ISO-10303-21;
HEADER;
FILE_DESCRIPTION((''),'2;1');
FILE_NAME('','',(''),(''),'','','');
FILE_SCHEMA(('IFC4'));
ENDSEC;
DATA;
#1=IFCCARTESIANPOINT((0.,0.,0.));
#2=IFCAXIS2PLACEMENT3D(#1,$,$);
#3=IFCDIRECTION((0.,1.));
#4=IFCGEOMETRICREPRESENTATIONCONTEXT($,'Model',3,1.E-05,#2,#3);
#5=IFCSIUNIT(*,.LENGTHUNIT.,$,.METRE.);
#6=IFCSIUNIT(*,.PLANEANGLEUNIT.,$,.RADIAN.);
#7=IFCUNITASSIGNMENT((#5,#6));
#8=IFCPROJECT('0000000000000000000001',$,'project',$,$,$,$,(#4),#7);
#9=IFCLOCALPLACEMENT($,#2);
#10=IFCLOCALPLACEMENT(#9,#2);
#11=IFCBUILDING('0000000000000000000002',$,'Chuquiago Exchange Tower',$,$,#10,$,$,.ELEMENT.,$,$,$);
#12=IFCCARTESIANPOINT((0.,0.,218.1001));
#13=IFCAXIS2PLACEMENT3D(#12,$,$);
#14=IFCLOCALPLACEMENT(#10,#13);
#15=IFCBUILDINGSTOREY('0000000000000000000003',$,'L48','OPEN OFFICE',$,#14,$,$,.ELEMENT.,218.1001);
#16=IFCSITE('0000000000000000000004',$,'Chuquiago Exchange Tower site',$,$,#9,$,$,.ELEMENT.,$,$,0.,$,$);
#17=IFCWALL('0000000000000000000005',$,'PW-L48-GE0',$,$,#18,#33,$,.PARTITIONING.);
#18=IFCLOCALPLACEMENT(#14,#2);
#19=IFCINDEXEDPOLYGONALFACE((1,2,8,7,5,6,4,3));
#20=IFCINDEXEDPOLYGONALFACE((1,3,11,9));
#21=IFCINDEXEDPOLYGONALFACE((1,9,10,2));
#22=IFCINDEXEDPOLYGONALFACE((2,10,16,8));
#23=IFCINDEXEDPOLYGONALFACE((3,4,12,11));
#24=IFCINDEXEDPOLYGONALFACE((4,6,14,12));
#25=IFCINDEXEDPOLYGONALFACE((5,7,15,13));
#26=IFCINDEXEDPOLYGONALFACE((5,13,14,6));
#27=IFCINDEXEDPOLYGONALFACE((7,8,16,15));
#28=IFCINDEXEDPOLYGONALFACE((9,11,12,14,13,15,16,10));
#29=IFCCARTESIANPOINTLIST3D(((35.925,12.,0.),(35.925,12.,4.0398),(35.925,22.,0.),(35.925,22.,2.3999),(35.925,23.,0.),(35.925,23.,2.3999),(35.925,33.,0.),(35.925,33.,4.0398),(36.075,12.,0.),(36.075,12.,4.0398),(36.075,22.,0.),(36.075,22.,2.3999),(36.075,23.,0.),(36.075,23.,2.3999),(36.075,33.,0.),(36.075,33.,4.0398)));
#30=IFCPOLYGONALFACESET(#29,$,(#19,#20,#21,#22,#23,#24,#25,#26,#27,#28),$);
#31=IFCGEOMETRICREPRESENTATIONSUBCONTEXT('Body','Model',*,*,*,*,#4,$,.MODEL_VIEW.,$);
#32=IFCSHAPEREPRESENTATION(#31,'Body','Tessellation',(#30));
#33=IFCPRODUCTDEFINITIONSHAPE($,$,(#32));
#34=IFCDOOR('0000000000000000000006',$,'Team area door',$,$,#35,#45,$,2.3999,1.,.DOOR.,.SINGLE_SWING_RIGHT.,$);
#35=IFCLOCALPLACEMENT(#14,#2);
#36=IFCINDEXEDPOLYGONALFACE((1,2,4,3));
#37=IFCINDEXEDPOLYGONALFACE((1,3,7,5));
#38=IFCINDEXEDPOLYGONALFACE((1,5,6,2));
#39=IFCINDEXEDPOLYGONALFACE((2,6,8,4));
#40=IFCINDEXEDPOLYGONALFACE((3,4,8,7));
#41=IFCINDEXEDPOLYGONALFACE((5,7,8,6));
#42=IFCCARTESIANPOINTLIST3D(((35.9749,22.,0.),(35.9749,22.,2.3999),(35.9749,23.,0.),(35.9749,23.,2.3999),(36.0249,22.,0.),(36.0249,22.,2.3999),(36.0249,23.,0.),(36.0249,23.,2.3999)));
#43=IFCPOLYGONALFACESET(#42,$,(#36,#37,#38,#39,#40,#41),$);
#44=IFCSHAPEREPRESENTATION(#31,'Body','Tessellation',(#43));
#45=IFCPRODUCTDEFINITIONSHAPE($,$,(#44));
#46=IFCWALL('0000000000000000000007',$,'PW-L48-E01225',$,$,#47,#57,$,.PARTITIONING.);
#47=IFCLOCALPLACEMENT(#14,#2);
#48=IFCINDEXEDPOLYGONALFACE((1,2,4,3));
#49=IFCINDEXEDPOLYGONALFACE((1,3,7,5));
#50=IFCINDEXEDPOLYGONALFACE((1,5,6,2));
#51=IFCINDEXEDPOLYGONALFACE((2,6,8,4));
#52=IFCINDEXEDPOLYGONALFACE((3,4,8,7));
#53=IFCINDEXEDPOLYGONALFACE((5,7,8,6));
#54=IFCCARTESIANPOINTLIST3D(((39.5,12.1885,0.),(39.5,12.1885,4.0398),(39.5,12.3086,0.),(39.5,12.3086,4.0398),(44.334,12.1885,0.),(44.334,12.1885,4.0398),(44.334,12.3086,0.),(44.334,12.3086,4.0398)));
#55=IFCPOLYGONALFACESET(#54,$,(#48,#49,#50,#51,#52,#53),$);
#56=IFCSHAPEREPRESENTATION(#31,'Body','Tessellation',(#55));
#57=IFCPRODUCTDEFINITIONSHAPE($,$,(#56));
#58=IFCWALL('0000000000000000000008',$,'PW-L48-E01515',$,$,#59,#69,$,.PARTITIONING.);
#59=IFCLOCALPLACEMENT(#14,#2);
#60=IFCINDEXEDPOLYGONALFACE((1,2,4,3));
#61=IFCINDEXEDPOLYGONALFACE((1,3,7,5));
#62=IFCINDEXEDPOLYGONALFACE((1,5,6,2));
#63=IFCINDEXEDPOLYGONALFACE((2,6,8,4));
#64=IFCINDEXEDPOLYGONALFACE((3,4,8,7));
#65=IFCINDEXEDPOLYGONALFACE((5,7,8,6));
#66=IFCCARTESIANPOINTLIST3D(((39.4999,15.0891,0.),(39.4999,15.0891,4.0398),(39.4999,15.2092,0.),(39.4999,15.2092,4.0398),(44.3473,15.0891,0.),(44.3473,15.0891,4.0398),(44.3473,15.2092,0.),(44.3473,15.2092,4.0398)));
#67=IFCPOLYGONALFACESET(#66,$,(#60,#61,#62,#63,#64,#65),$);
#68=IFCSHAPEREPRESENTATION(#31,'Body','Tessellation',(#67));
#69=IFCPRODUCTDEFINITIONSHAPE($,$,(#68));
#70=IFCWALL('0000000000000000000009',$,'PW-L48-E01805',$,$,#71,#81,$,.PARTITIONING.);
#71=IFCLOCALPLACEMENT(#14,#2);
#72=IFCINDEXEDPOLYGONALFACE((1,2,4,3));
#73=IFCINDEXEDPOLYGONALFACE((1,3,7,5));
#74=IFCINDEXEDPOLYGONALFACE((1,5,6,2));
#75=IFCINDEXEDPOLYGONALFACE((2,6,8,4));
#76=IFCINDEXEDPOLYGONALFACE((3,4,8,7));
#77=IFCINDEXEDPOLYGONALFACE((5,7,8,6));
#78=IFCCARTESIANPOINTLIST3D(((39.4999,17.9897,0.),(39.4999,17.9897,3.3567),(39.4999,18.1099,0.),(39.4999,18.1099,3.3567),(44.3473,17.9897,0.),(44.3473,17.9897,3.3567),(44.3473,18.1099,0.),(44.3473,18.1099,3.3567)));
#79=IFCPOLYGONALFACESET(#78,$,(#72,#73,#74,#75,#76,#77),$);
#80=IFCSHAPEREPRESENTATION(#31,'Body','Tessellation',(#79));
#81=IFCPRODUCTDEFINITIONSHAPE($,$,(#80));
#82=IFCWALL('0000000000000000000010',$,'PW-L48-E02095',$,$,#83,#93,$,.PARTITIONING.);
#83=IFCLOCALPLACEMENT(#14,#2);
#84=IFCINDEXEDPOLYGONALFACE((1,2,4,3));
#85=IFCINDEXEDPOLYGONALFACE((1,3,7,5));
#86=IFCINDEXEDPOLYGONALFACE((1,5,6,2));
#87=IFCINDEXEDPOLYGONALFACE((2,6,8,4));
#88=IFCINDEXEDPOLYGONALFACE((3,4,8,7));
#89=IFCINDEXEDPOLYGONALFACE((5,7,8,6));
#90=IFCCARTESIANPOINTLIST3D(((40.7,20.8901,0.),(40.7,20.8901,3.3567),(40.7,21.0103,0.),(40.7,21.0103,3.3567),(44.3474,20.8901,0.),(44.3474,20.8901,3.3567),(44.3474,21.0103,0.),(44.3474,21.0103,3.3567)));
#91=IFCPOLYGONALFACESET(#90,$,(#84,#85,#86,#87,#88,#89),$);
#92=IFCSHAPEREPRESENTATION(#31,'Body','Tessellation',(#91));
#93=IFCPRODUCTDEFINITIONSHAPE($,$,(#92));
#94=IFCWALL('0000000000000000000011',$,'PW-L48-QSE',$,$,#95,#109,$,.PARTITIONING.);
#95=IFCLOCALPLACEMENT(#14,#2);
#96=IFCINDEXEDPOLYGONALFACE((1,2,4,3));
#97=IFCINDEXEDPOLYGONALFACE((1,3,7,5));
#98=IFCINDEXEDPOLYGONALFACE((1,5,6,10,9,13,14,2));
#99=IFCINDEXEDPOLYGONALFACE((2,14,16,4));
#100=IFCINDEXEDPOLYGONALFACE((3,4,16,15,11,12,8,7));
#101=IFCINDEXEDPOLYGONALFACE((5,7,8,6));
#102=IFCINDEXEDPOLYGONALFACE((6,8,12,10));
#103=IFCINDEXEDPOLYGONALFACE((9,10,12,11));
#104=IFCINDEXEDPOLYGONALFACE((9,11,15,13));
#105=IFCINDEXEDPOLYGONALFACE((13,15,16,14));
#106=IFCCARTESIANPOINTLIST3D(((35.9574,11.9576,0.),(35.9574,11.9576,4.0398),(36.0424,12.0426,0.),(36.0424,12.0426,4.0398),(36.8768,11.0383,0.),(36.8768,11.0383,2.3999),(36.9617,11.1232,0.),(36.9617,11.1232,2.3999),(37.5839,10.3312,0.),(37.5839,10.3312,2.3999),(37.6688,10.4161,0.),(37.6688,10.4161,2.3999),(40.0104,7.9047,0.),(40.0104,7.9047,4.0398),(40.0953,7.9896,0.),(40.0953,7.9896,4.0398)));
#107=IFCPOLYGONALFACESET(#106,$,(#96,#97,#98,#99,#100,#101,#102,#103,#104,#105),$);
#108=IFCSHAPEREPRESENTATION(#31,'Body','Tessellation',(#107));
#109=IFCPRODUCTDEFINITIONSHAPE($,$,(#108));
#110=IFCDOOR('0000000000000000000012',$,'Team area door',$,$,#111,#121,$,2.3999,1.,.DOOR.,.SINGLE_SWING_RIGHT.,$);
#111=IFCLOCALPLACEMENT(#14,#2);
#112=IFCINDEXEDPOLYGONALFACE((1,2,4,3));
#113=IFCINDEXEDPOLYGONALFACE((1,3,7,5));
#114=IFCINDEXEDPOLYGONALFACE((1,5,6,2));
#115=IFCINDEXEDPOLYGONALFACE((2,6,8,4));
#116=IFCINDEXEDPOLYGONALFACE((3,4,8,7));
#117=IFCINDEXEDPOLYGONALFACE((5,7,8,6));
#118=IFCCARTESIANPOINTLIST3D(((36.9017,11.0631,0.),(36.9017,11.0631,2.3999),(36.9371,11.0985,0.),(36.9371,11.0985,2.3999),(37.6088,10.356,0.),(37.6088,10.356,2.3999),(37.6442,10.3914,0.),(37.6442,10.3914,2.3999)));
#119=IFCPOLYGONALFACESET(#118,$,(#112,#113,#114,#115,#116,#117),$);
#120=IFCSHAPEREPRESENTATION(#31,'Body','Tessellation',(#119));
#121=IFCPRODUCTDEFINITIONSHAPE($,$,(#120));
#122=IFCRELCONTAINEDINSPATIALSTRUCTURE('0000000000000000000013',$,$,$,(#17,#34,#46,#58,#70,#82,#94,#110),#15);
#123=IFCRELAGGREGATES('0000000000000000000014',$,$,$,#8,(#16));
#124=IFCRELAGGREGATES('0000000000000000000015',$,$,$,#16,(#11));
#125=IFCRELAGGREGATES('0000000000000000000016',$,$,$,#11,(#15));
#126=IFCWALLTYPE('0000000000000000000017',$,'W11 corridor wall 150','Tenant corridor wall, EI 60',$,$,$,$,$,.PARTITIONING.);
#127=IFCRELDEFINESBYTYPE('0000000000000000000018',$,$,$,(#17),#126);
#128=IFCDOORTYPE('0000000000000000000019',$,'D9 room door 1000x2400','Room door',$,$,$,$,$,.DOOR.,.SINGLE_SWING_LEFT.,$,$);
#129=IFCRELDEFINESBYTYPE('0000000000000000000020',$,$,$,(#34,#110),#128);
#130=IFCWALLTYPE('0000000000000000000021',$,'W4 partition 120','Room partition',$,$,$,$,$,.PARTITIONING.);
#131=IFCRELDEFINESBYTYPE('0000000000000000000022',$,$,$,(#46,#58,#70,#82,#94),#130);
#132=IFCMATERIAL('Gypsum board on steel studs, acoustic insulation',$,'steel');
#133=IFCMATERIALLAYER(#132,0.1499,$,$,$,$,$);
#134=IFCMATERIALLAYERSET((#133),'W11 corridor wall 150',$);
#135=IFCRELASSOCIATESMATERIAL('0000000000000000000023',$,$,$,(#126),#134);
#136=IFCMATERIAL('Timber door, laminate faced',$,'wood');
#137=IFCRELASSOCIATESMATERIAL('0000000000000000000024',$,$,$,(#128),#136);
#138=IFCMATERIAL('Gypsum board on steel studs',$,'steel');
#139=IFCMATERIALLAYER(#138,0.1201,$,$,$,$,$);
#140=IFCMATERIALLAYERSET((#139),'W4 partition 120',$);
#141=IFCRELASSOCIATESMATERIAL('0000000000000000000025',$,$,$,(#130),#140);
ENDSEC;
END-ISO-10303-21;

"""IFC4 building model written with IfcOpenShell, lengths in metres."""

from ifc_helpers import new_model, si_unit, direction, frame, frame_2d, origin, place, context, subcontext, project, spatial, rectangle, extrude, material, layer, layer_set, type_object, element, fill, save


model = new_model("IFC4")

# Units and contexts
model_context = context("Model", 3, precision=1e-05, world=origin(), true_north=direction((0.0, 1.0)))
body_context = subcontext(model_context, "Body", "Model", "MODEL_VIEW")
ifc_project = project(units=[si_unit("LENGTHUNIT", "METRE"), si_unit("PLANEANGLEUNIT", "RADIAN")], contexts=[model_context])

# Site, building, storey
site_placement = place(None, origin())
site = spatial("IfcSite", under=ifc_project, at=site_placement, Name="Chuquiago Exchange Tower site", CompositionType="ELEMENT", RefElevation=0.0)
building_placement = place(site_placement, origin())
building = spatial("IfcBuilding", under=site, at=building_placement, Name="Chuquiago Exchange Tower", CompositionType="ELEMENT")
storey_placement = place(building_placement, frame((0.0, 0.0, 218.1001)))
storey = spatial("IfcBuildingStorey", under=building, at=storey_placement, Name="L48", Description="OPEN OFFICE", CompositionType="ELEMENT", Elevation=218.1001)

# Wall, opening, door
ifc_material_1 = material(Name="Gypsum board on steel studs, acoustic insulation", Category="steel")
ifc_layer_1 = layer(ifc_material_1, 0.1499)
ifc_layer_set_1 = layer_set([ifc_layer_1], Name="W11 corridor wall 150")
wall_type_1 = type_object("IfcWallType", Name="W11 corridor wall 150", Description="Tenant corridor wall, EI 60", PredefinedType="PARTITIONING", material=ifc_layer_set_1)
wall_1_placement = place(storey_placement, frame((36.0, 12.0, 0.0), z_axis=(0.0, 0.0, 1.0), x_axis=(0.0, 1.0, 0.0)))
wall_1 = element("IfcWall", 1, at=wall_1_placement, inside=storey, type_object=wall_type_1, Name="PW-L48-GE0", PredefinedType="PARTITIONING", context=body_context, shape_type="SweptSolid", body=[
    extrude(rectangle(XDim=21.0, YDim=0.1499, at=frame_2d((10.5, 0.0))), origin(), (0.0, 0.0, 1.0), 4.0398),
])
opening_1_placement = place(wall_1_placement, frame((10.0, 0.0, 0.0)))
opening_1 = element("IfcOpeningElement", 2, at=opening_1_placement, cuts=wall_1, PredefinedType="OPENING", context=body_context, shape_type="SweptSolid", body=[
    extrude(rectangle(XDim=1.0, YDim=2.3999, at=frame_2d((0.5, 1.2))), frame((0.0, 0.085, 0.0), z_axis=(0.0, -1.0, 0.0), x_axis=(1.0, 0.0, 0.0)), (0.0, 0.0, 1.0), 0.1699),
])
ifc_material_2 = material(Name="Timber door, laminate faced", Category="wood")
door_type_1 = type_object("IfcDoorType", Name="D9 room door 1000x2400", Description="Room door", OperationType="SINGLE_SWING_LEFT", PredefinedType="DOOR", material=ifc_material_2)
door_1_placement = place(opening_1_placement, frame((1.0, 0.0, 0.0), z_axis=(0.0, 0.0, 1.0), x_axis=(-1.0, 0.0, 0.0)))
door_1 = element("IfcDoor", 3, at=door_1_placement, inside=storey, type_object=door_type_1, Name="Team area door", OperationType="SINGLE_SWING_RIGHT", OverallHeight=2.3999, OverallWidth=1.0, PredefinedType="DOOR", context=body_context, shape_type="SweptSolid", body=[
    extrude(rectangle(XDim=1.0, YDim=2.3999, at=frame_2d((0.5, 1.2))), frame((0.0, 0.0249, 0.0), z_axis=(0.0, -1.0, 0.0), x_axis=(1.0, 0.0, 0.0)), (0.0, 0.0, 1.0), 0.05),
])
fill(opening_1, door_1)

# Walls
ifc_material_3 = material(Name="Gypsum board on steel studs", Category="steel")
ifc_layer_2 = layer(ifc_material_3, 0.1201)
ifc_layer_set_2 = layer_set([ifc_layer_2], Name="W4 partition 120")
wall_type_2 = type_object("IfcWallType", Name="W4 partition 120", Description="Room partition", PredefinedType="PARTITIONING", material=ifc_layer_set_2)
wall_2_placement = place(storey_placement, frame((44.334, 12.2485, 0.0), z_axis=(0.0, 0.0, 1.0), x_axis=(-1.0, 0.0, 0.0)))
element("IfcWall", 4, at=wall_2_placement, inside=storey, type_object=wall_type_2, Name="PW-L48-E01225", PredefinedType="PARTITIONING", context=body_context, shape_type="SweptSolid", body=[
    extrude(rectangle(XDim=4.834, YDim=0.1201, at=frame_2d((2.417, 0.0))), origin(), (0.0, 0.0, 1.0), 4.0398),
])
wall_3_placement = place(storey_placement, frame((44.3474, 15.1492, 0.0), z_axis=(0.0, 0.0, 1.0), x_axis=(-1.0, 0.0, 0.0)))
element("IfcWall", 5, at=wall_3_placement, inside=storey, type_object=wall_type_2, Name="PW-L48-E01515", PredefinedType="PARTITIONING", context=body_context, shape_type="SweptSolid", body=[
    extrude(rectangle(XDim=4.8474, YDim=0.1201, at=frame_2d((2.4238, 0.0))), origin(), (0.0, 0.0, 1.0), 4.0398),
])
wall_4_placement = place(storey_placement, frame((44.3474, 18.0498, 0.0), z_axis=(0.0, 0.0, 1.0), x_axis=(-1.0, 0.0, 0.0)))
element("IfcWall", 6, at=wall_4_placement, inside=storey, type_object=wall_type_2, Name="PW-L48-E01805", PredefinedType="PARTITIONING", context=body_context, shape_type="SweptSolid", body=[
    extrude(rectangle(XDim=4.8474, YDim=0.1201, at=frame_2d((2.4238, 0.0))), origin(), (0.0, 0.0, 1.0), 3.3567),
])
wall_5_placement = place(storey_placement, frame((44.3474, 20.9502, 0.0), z_axis=(0.0, 0.0, 1.0), x_axis=(-1.0, 0.0, 0.0)))
element("IfcWall", 7, at=wall_5_placement, inside=storey, type_object=wall_type_2, Name="PW-L48-E02095", PredefinedType="PARTITIONING", context=body_context, shape_type="SweptSolid", body=[
    extrude(rectangle(XDim=3.6475, YDim=0.1201, at=frame_2d((1.8237, 0.0))), origin(), (0.0, 0.0, 1.0), 3.3567),
])

# Wall, opening, door
wall_6_placement = place(storey_placement, frame((36.0, 12.0, 0.0), z_axis=(0.0, 0.0, 1.0), x_axis=(0.707107, -0.707107, 0.0)))
wall_6 = element("IfcWall", 8, at=wall_6_placement, inside=storey, type_object=wall_type_2, Name="PW-L48-QSE", PredefinedType="PARTITIONING", context=body_context, shape_type="SweptSolid", body=[
    extrude(rectangle(XDim=5.7317, YDim=0.1201, at=frame_2d((2.8657, 0.0))), origin(), (0.0, 0.0, 1.0), 4.0398),
])
opening_2_placement = place(wall_6_placement, frame((1.3, 0.0, 0.0)))
opening_2 = element("IfcOpeningElement", 9, at=opening_2_placement, cuts=wall_6, PredefinedType="OPENING", context=body_context, shape_type="SweptSolid", body=[
    extrude(rectangle(XDim=1.0, YDim=2.3999, at=frame_2d((0.5, 1.2))), frame((0.0, 0.0701, 0.0), z_axis=(0.0, -1.0, 0.0), x_axis=(1.0, 0.0, 0.0)), (0.0, 0.0, 1.0), 0.1401),
])
door_2_placement = place(opening_2_placement, frame((1.0, 0.0, 0.0), z_axis=(0.0, 0.0, 1.0), x_axis=(-1.0, 0.0, 0.0)))
door_2 = element("IfcDoor", 10, at=door_2_placement, inside=storey, type_object=door_type_1, Name="Team area door", OperationType="SINGLE_SWING_RIGHT", OverallHeight=2.3999, OverallWidth=1.0, PredefinedType="DOOR", context=body_context, shape_type="SweptSolid", body=[
    extrude(rectangle(XDim=1.0, YDim=2.3999, at=frame_2d((0.5, 1.2))), frame((0.0, 0.0249, 0.0), z_axis=(0.0, -1.0, 0.0), x_axis=(1.0, 0.0, 0.0)), (0.0, 0.0, 1.0), 0.05),
])
fill(opening_2, door_2)

save(model, "model.ifc")
